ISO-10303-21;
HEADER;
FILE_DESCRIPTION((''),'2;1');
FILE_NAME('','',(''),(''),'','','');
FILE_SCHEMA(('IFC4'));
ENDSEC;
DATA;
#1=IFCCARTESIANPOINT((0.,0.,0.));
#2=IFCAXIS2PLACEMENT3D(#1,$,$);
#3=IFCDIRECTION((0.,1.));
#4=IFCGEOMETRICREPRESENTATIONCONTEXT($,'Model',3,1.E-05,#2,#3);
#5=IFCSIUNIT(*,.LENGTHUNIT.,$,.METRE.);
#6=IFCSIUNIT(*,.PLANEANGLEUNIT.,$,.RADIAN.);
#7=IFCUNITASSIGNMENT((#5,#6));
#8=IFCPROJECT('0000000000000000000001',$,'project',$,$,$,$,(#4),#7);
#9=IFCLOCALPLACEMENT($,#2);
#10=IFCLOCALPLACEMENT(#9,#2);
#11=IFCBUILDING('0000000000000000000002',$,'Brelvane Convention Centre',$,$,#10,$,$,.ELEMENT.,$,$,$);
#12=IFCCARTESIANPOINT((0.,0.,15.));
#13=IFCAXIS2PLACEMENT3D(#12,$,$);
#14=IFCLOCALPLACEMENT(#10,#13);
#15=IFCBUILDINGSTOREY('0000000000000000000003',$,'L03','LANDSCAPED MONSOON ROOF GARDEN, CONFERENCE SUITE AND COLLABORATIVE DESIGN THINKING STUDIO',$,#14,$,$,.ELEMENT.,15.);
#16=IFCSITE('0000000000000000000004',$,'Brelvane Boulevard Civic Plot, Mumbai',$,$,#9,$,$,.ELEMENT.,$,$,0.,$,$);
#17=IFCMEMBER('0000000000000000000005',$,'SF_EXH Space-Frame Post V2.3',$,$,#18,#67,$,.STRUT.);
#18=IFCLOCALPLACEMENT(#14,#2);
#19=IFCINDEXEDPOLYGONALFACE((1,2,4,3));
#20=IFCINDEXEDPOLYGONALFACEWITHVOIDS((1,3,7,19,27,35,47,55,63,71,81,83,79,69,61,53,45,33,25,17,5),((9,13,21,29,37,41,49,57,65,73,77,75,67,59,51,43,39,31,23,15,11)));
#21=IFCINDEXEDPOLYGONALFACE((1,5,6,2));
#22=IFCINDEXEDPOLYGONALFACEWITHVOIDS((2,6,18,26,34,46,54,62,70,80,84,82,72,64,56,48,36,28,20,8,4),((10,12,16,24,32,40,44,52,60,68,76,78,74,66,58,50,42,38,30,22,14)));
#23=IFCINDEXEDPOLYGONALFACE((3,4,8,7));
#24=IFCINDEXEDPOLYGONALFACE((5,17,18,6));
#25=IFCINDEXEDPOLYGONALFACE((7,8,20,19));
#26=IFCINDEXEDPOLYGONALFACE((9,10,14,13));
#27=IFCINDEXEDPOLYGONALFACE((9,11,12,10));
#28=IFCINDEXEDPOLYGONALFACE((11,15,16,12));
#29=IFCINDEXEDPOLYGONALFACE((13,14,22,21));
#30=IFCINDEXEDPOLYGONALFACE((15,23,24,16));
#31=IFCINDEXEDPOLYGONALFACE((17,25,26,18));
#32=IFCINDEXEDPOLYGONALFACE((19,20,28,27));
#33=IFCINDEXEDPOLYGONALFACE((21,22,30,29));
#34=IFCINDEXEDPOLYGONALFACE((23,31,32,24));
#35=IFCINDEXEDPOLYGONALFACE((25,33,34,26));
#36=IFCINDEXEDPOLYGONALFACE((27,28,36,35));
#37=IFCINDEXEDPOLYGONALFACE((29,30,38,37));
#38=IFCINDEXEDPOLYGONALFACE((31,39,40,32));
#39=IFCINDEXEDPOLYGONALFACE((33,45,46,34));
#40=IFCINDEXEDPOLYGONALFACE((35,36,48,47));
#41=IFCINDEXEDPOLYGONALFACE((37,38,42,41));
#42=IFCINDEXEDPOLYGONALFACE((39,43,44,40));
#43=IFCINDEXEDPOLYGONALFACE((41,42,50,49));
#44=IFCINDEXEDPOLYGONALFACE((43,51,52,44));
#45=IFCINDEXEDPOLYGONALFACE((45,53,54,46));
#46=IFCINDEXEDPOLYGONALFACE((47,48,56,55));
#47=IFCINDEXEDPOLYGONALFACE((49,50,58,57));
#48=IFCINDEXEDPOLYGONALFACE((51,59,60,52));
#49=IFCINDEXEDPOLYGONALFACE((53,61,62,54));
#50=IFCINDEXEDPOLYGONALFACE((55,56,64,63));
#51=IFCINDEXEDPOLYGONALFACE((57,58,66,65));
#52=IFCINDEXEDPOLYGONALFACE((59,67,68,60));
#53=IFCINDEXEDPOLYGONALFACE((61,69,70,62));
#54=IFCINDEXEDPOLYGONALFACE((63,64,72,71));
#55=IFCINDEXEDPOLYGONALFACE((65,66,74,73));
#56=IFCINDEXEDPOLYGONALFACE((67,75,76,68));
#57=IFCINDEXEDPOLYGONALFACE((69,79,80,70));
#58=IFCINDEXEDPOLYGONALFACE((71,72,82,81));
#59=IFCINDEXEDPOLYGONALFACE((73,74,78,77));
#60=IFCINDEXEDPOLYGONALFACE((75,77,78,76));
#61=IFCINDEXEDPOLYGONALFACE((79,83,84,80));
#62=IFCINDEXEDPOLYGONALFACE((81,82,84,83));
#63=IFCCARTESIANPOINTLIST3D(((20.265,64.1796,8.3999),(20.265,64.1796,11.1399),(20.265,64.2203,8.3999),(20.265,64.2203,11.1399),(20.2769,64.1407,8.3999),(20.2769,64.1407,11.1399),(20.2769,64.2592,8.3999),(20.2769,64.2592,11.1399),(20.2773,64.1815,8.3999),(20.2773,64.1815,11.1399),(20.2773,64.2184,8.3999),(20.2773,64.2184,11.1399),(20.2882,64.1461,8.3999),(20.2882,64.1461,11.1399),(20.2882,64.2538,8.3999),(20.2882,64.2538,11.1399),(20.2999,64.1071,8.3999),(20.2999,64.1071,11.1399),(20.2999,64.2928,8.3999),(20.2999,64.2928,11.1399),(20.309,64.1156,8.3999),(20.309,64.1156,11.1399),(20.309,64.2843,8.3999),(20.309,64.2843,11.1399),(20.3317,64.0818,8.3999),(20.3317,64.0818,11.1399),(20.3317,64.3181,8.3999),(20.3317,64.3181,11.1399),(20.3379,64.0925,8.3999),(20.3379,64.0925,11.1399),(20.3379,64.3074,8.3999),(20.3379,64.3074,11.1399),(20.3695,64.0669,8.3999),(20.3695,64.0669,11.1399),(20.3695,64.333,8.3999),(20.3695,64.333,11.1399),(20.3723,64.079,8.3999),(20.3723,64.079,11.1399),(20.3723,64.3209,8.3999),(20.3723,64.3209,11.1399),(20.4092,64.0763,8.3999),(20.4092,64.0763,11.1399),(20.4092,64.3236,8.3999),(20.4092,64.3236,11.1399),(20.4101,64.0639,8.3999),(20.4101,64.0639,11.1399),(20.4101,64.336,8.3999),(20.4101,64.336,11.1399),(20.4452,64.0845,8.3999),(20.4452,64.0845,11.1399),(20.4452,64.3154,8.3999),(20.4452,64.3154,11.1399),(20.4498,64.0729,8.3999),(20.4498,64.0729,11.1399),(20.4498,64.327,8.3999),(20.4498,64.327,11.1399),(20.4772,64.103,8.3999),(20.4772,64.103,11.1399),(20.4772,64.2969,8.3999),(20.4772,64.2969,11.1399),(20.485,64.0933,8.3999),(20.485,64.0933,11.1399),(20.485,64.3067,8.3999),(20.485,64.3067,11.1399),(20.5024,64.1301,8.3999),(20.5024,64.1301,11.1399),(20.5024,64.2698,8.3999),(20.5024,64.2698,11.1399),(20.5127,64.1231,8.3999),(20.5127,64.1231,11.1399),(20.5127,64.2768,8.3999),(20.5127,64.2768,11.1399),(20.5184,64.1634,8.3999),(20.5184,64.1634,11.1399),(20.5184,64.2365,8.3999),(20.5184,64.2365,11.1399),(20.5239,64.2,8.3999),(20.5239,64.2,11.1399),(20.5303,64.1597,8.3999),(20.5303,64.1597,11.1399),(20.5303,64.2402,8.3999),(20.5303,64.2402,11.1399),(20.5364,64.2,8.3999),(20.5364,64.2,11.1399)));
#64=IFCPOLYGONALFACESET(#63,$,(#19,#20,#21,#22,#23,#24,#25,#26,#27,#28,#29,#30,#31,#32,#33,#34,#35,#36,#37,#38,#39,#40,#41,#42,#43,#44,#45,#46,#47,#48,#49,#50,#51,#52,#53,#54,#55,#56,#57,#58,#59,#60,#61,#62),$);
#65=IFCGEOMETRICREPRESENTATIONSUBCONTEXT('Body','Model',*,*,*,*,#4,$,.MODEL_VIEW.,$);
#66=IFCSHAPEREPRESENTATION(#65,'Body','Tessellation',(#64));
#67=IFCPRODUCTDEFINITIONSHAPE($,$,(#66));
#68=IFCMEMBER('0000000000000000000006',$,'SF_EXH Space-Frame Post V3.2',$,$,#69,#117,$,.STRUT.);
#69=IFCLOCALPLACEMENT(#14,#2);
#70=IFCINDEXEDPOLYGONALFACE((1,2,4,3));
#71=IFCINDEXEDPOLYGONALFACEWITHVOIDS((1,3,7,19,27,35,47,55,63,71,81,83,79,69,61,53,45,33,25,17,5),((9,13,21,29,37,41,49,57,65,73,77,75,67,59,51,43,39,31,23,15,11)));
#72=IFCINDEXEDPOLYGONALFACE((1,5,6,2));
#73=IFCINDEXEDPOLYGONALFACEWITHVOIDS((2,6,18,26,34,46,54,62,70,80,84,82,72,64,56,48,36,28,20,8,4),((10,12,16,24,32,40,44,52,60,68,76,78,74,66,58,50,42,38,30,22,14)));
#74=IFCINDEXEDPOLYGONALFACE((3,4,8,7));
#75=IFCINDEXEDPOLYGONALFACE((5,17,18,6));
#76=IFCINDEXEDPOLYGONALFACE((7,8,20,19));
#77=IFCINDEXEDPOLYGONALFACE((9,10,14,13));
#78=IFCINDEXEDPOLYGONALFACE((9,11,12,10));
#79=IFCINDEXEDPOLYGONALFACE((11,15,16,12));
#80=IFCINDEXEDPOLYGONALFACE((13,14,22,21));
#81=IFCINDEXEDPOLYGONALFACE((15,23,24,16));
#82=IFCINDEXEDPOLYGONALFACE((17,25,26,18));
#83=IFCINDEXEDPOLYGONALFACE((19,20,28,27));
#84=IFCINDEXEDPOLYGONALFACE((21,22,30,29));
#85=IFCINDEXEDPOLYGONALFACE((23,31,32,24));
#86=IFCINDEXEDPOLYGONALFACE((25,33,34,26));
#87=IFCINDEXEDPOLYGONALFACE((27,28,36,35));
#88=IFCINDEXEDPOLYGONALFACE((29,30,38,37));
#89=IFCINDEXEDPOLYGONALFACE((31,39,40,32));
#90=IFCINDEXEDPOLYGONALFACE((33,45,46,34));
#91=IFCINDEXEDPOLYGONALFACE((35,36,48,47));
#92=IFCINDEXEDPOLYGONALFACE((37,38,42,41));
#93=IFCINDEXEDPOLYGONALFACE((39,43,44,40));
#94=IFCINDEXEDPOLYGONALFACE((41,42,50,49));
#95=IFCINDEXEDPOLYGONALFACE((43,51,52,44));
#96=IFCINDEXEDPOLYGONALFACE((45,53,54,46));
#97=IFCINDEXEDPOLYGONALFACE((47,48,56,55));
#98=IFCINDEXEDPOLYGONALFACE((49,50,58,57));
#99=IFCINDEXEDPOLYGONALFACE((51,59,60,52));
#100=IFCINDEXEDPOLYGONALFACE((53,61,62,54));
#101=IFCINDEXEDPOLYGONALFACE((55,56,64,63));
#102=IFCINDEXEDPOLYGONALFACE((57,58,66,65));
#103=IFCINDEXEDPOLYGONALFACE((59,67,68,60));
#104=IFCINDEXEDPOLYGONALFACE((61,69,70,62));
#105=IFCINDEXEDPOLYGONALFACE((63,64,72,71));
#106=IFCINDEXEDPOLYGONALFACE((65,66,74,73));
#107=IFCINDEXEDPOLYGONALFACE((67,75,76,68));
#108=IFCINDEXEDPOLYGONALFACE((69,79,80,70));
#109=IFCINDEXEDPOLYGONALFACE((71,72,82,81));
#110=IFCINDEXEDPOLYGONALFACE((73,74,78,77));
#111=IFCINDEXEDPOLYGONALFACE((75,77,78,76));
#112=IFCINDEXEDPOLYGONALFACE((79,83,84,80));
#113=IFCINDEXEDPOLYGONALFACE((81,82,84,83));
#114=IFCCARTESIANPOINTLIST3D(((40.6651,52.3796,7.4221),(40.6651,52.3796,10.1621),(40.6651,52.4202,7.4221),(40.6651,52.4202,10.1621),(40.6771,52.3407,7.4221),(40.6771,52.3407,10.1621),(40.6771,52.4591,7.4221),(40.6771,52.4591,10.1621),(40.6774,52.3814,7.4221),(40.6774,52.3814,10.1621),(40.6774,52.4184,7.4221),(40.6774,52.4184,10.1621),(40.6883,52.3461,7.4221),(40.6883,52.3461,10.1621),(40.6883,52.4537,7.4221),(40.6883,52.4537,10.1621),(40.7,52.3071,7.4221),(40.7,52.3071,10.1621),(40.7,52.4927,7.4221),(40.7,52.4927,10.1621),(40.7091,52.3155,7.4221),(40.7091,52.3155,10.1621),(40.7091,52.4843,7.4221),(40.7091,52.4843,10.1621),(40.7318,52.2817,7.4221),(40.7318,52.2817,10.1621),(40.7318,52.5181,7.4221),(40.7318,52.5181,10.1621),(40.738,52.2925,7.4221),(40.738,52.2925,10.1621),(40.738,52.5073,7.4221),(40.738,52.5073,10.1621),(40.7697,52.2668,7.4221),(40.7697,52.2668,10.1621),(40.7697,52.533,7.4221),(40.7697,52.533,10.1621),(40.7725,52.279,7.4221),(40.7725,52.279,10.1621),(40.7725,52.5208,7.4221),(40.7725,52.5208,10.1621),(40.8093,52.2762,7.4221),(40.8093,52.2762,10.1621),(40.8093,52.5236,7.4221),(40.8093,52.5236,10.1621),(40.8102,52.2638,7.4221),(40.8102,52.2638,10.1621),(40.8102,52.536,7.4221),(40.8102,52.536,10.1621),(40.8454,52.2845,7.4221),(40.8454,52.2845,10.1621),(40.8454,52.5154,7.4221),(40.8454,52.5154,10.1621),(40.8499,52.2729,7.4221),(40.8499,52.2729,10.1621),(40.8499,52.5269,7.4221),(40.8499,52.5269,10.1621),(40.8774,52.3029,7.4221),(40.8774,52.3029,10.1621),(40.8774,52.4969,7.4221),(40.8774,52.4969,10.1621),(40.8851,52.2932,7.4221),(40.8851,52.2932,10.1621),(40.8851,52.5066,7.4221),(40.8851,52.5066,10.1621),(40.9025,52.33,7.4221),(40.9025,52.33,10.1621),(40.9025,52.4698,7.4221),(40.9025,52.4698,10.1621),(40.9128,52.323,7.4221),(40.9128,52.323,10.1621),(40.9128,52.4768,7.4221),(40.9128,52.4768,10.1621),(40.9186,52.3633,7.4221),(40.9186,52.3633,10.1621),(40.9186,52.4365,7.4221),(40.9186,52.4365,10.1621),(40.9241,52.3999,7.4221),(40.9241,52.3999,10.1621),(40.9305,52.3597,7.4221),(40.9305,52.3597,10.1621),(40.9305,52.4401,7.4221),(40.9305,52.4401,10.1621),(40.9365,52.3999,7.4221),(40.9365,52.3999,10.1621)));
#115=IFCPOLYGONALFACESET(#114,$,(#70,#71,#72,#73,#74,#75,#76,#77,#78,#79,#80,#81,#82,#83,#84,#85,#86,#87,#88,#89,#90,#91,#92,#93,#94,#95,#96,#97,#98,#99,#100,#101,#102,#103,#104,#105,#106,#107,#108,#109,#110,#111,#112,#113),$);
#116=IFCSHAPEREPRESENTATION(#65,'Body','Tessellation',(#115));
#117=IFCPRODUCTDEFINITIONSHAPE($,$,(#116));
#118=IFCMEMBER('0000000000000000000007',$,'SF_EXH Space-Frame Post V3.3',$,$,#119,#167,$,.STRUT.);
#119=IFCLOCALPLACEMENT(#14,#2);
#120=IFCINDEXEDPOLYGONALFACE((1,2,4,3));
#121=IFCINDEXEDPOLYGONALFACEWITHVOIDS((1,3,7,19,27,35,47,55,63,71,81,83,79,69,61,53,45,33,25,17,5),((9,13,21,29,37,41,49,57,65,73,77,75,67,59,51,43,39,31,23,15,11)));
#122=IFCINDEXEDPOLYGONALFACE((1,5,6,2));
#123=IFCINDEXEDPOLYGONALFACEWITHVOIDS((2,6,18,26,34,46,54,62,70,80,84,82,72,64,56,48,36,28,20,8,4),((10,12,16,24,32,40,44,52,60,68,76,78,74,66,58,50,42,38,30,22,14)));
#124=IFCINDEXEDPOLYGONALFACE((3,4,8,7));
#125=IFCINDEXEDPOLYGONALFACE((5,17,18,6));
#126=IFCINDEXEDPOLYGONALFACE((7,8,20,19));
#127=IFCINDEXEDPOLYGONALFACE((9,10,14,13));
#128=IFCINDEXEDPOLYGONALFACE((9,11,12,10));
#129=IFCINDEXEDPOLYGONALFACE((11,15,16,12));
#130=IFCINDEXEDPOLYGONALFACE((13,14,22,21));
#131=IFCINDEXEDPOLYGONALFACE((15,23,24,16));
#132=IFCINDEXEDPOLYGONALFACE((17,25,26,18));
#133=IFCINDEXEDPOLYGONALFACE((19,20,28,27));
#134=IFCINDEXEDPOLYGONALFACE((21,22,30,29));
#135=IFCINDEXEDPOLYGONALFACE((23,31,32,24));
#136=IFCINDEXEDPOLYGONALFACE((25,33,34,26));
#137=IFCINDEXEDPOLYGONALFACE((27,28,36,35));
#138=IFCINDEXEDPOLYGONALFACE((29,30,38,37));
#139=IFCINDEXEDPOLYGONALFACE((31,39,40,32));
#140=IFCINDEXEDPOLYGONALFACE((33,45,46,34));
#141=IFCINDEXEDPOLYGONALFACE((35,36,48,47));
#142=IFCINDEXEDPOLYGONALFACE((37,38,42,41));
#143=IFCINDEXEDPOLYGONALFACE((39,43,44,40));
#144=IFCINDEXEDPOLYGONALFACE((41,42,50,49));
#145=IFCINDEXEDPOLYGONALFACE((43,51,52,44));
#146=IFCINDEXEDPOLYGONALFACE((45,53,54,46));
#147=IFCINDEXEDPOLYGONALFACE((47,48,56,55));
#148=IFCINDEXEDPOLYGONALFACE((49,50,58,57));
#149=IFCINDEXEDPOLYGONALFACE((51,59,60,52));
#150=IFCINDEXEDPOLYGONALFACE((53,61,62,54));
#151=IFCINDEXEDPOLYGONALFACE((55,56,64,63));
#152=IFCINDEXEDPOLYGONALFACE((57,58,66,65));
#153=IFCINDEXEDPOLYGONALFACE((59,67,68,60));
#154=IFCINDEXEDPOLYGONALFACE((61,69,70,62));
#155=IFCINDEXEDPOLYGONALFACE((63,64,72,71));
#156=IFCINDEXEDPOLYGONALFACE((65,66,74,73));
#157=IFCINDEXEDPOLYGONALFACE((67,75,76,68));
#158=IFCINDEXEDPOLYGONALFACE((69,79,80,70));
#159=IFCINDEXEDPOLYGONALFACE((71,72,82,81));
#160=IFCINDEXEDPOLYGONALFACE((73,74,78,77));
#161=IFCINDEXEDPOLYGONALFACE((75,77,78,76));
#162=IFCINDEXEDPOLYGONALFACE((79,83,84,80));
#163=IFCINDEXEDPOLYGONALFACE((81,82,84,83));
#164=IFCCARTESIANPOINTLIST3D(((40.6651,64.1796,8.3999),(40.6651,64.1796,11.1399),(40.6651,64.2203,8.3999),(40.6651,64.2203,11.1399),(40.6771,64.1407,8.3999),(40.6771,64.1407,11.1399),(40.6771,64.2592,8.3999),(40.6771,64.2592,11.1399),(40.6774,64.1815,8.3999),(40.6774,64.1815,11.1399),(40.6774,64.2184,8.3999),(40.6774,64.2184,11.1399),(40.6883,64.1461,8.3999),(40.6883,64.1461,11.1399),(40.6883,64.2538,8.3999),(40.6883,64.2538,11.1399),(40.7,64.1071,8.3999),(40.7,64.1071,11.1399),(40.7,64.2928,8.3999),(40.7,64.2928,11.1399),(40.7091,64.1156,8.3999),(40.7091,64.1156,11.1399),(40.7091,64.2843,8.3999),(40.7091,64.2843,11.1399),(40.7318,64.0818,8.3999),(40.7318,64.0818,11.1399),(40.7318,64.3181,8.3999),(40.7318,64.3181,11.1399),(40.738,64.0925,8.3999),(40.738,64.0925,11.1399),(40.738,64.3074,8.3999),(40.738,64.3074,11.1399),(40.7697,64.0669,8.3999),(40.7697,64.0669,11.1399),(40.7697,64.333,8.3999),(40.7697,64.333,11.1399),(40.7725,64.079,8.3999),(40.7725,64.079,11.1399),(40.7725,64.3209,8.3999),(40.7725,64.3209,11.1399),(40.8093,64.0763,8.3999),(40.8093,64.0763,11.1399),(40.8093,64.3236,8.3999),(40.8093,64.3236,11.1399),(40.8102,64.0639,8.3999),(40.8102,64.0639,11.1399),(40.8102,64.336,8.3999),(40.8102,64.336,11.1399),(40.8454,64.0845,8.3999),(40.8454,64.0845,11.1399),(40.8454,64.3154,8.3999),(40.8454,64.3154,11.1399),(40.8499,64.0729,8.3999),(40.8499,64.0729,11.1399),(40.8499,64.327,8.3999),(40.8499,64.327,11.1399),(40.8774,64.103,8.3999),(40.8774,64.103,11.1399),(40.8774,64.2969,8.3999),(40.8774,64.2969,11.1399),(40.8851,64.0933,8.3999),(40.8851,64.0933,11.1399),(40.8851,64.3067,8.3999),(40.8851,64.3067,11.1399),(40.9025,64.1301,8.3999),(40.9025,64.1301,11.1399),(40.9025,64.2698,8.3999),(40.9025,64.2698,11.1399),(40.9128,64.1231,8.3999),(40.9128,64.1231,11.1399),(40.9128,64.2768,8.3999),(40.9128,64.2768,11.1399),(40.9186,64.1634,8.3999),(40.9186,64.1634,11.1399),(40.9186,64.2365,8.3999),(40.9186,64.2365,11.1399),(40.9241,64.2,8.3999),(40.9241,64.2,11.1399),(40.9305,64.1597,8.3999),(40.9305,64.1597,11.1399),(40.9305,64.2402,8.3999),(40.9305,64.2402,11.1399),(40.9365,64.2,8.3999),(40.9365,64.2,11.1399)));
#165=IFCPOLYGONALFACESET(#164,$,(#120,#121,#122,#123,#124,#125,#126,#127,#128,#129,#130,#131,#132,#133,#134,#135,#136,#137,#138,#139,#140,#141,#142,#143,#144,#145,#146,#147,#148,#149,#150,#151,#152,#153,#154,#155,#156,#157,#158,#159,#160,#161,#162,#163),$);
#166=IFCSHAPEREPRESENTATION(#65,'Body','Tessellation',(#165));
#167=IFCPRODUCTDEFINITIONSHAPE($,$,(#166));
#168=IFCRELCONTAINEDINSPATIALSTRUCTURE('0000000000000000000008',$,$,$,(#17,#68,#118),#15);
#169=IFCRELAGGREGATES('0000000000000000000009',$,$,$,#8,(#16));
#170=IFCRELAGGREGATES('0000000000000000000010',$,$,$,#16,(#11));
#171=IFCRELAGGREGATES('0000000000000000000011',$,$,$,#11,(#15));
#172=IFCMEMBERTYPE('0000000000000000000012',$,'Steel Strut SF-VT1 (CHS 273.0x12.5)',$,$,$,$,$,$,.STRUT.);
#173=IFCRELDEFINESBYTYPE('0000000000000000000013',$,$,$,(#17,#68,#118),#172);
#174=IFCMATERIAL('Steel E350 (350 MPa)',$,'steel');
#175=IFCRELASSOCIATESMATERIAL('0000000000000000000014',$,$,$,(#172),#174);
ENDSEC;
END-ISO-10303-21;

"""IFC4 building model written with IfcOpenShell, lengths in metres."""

from ifc_helpers import new_model, si_unit, direction, frame, origin, origin_2d, place, context, subcontext, project, spatial, hollow_circle, extrude, material, material_profile, profile_set, type_object, element, save


model = new_model("IFC4")

# Units and contexts
model_context = context("Model", 3, precision=1e-05, world=origin(), true_north=direction((0.0, 1.0)))
body_context = subcontext(model_context, "Body", "Model", "MODEL_VIEW")
ifc_project = project(units=[si_unit("LENGTHUNIT", "METRE"), si_unit("PLANEANGLEUNIT", "RADIAN")], contexts=[model_context])

# Site, building, storey
site_placement = place(None, origin())
site = spatial("IfcSite", under=ifc_project, at=site_placement, Name="Brelvane Boulevard Civic Plot, Mumbai", CompositionType="ELEMENT", RefElevation=0.0)
building_placement = place(site_placement, origin())
building = spatial("IfcBuilding", under=site, at=building_placement, Name="Brelvane Convention Centre", CompositionType="ELEMENT")
storey_placement = place(building_placement, frame((0.0, 0.0, 15.0)))
storey = spatial("IfcBuildingStorey", under=building, at=storey_placement, Name="L03", Description="LANDSCAPED MONSOON ROOF GARDEN, CONFERENCE SUITE AND COLLABORATIVE DESIGN THINKING STUDIO", CompositionType="ELEMENT", Elevation=15.0)

# Members
ifc_material_1 = material(Name="Steel E350 (350 MPa)", Category="steel")
ifc_material_profile_1 = material_profile(ifc_material_1, hollow_circle(Radius=0.1365, WallThickness=0.0125, at=origin_2d()), Name="CHS 273.0x12.5")
ifc_profile_set_1 = profile_set([ifc_material_profile_1], Name="Steel E350 (350 MPa)")
member_type_1 = type_object("IfcMemberType", Name="Steel Strut SF-VT1 (CHS 273.0x12.5)", PredefinedType="STRUT", material=ifc_profile_set_1)
for number, where, z_axis, x_axis, name in (
    (1, (20.3999, 64.2, 8.3999), (0.0, 0.0, 1.0), (1.0, 0.0, 0.0), "SF_EXH Space-Frame Post V2.3"),
    (2, (40.8, 52.3999, 7.4221), (0.0, 0.0, 1.0), (1.0, 0.0, 0.0), "SF_EXH Space-Frame Post V3.2"),
    (3, (40.8, 64.2, 8.3999), (0.0, 0.0, 1.0), (1.0, 0.0, 0.0), "SF_EXH Space-Frame Post V3.3"),
):
    element("IfcMember", number, at=place(storey_placement, frame(where, z_axis=z_axis, x_axis=x_axis)), inside=storey, type_object=member_type_1, Name=name, PredefinedType="STRUT", context=body_context, shape_type="SweptSolid", body=[
        extrude(hollow_circle(Radius=0.1365, WallThickness=0.0125, at=origin_2d()), origin(), (0.0, 0.0, 1.0), 2.74),
    ])

save(model, "model.ifc")
